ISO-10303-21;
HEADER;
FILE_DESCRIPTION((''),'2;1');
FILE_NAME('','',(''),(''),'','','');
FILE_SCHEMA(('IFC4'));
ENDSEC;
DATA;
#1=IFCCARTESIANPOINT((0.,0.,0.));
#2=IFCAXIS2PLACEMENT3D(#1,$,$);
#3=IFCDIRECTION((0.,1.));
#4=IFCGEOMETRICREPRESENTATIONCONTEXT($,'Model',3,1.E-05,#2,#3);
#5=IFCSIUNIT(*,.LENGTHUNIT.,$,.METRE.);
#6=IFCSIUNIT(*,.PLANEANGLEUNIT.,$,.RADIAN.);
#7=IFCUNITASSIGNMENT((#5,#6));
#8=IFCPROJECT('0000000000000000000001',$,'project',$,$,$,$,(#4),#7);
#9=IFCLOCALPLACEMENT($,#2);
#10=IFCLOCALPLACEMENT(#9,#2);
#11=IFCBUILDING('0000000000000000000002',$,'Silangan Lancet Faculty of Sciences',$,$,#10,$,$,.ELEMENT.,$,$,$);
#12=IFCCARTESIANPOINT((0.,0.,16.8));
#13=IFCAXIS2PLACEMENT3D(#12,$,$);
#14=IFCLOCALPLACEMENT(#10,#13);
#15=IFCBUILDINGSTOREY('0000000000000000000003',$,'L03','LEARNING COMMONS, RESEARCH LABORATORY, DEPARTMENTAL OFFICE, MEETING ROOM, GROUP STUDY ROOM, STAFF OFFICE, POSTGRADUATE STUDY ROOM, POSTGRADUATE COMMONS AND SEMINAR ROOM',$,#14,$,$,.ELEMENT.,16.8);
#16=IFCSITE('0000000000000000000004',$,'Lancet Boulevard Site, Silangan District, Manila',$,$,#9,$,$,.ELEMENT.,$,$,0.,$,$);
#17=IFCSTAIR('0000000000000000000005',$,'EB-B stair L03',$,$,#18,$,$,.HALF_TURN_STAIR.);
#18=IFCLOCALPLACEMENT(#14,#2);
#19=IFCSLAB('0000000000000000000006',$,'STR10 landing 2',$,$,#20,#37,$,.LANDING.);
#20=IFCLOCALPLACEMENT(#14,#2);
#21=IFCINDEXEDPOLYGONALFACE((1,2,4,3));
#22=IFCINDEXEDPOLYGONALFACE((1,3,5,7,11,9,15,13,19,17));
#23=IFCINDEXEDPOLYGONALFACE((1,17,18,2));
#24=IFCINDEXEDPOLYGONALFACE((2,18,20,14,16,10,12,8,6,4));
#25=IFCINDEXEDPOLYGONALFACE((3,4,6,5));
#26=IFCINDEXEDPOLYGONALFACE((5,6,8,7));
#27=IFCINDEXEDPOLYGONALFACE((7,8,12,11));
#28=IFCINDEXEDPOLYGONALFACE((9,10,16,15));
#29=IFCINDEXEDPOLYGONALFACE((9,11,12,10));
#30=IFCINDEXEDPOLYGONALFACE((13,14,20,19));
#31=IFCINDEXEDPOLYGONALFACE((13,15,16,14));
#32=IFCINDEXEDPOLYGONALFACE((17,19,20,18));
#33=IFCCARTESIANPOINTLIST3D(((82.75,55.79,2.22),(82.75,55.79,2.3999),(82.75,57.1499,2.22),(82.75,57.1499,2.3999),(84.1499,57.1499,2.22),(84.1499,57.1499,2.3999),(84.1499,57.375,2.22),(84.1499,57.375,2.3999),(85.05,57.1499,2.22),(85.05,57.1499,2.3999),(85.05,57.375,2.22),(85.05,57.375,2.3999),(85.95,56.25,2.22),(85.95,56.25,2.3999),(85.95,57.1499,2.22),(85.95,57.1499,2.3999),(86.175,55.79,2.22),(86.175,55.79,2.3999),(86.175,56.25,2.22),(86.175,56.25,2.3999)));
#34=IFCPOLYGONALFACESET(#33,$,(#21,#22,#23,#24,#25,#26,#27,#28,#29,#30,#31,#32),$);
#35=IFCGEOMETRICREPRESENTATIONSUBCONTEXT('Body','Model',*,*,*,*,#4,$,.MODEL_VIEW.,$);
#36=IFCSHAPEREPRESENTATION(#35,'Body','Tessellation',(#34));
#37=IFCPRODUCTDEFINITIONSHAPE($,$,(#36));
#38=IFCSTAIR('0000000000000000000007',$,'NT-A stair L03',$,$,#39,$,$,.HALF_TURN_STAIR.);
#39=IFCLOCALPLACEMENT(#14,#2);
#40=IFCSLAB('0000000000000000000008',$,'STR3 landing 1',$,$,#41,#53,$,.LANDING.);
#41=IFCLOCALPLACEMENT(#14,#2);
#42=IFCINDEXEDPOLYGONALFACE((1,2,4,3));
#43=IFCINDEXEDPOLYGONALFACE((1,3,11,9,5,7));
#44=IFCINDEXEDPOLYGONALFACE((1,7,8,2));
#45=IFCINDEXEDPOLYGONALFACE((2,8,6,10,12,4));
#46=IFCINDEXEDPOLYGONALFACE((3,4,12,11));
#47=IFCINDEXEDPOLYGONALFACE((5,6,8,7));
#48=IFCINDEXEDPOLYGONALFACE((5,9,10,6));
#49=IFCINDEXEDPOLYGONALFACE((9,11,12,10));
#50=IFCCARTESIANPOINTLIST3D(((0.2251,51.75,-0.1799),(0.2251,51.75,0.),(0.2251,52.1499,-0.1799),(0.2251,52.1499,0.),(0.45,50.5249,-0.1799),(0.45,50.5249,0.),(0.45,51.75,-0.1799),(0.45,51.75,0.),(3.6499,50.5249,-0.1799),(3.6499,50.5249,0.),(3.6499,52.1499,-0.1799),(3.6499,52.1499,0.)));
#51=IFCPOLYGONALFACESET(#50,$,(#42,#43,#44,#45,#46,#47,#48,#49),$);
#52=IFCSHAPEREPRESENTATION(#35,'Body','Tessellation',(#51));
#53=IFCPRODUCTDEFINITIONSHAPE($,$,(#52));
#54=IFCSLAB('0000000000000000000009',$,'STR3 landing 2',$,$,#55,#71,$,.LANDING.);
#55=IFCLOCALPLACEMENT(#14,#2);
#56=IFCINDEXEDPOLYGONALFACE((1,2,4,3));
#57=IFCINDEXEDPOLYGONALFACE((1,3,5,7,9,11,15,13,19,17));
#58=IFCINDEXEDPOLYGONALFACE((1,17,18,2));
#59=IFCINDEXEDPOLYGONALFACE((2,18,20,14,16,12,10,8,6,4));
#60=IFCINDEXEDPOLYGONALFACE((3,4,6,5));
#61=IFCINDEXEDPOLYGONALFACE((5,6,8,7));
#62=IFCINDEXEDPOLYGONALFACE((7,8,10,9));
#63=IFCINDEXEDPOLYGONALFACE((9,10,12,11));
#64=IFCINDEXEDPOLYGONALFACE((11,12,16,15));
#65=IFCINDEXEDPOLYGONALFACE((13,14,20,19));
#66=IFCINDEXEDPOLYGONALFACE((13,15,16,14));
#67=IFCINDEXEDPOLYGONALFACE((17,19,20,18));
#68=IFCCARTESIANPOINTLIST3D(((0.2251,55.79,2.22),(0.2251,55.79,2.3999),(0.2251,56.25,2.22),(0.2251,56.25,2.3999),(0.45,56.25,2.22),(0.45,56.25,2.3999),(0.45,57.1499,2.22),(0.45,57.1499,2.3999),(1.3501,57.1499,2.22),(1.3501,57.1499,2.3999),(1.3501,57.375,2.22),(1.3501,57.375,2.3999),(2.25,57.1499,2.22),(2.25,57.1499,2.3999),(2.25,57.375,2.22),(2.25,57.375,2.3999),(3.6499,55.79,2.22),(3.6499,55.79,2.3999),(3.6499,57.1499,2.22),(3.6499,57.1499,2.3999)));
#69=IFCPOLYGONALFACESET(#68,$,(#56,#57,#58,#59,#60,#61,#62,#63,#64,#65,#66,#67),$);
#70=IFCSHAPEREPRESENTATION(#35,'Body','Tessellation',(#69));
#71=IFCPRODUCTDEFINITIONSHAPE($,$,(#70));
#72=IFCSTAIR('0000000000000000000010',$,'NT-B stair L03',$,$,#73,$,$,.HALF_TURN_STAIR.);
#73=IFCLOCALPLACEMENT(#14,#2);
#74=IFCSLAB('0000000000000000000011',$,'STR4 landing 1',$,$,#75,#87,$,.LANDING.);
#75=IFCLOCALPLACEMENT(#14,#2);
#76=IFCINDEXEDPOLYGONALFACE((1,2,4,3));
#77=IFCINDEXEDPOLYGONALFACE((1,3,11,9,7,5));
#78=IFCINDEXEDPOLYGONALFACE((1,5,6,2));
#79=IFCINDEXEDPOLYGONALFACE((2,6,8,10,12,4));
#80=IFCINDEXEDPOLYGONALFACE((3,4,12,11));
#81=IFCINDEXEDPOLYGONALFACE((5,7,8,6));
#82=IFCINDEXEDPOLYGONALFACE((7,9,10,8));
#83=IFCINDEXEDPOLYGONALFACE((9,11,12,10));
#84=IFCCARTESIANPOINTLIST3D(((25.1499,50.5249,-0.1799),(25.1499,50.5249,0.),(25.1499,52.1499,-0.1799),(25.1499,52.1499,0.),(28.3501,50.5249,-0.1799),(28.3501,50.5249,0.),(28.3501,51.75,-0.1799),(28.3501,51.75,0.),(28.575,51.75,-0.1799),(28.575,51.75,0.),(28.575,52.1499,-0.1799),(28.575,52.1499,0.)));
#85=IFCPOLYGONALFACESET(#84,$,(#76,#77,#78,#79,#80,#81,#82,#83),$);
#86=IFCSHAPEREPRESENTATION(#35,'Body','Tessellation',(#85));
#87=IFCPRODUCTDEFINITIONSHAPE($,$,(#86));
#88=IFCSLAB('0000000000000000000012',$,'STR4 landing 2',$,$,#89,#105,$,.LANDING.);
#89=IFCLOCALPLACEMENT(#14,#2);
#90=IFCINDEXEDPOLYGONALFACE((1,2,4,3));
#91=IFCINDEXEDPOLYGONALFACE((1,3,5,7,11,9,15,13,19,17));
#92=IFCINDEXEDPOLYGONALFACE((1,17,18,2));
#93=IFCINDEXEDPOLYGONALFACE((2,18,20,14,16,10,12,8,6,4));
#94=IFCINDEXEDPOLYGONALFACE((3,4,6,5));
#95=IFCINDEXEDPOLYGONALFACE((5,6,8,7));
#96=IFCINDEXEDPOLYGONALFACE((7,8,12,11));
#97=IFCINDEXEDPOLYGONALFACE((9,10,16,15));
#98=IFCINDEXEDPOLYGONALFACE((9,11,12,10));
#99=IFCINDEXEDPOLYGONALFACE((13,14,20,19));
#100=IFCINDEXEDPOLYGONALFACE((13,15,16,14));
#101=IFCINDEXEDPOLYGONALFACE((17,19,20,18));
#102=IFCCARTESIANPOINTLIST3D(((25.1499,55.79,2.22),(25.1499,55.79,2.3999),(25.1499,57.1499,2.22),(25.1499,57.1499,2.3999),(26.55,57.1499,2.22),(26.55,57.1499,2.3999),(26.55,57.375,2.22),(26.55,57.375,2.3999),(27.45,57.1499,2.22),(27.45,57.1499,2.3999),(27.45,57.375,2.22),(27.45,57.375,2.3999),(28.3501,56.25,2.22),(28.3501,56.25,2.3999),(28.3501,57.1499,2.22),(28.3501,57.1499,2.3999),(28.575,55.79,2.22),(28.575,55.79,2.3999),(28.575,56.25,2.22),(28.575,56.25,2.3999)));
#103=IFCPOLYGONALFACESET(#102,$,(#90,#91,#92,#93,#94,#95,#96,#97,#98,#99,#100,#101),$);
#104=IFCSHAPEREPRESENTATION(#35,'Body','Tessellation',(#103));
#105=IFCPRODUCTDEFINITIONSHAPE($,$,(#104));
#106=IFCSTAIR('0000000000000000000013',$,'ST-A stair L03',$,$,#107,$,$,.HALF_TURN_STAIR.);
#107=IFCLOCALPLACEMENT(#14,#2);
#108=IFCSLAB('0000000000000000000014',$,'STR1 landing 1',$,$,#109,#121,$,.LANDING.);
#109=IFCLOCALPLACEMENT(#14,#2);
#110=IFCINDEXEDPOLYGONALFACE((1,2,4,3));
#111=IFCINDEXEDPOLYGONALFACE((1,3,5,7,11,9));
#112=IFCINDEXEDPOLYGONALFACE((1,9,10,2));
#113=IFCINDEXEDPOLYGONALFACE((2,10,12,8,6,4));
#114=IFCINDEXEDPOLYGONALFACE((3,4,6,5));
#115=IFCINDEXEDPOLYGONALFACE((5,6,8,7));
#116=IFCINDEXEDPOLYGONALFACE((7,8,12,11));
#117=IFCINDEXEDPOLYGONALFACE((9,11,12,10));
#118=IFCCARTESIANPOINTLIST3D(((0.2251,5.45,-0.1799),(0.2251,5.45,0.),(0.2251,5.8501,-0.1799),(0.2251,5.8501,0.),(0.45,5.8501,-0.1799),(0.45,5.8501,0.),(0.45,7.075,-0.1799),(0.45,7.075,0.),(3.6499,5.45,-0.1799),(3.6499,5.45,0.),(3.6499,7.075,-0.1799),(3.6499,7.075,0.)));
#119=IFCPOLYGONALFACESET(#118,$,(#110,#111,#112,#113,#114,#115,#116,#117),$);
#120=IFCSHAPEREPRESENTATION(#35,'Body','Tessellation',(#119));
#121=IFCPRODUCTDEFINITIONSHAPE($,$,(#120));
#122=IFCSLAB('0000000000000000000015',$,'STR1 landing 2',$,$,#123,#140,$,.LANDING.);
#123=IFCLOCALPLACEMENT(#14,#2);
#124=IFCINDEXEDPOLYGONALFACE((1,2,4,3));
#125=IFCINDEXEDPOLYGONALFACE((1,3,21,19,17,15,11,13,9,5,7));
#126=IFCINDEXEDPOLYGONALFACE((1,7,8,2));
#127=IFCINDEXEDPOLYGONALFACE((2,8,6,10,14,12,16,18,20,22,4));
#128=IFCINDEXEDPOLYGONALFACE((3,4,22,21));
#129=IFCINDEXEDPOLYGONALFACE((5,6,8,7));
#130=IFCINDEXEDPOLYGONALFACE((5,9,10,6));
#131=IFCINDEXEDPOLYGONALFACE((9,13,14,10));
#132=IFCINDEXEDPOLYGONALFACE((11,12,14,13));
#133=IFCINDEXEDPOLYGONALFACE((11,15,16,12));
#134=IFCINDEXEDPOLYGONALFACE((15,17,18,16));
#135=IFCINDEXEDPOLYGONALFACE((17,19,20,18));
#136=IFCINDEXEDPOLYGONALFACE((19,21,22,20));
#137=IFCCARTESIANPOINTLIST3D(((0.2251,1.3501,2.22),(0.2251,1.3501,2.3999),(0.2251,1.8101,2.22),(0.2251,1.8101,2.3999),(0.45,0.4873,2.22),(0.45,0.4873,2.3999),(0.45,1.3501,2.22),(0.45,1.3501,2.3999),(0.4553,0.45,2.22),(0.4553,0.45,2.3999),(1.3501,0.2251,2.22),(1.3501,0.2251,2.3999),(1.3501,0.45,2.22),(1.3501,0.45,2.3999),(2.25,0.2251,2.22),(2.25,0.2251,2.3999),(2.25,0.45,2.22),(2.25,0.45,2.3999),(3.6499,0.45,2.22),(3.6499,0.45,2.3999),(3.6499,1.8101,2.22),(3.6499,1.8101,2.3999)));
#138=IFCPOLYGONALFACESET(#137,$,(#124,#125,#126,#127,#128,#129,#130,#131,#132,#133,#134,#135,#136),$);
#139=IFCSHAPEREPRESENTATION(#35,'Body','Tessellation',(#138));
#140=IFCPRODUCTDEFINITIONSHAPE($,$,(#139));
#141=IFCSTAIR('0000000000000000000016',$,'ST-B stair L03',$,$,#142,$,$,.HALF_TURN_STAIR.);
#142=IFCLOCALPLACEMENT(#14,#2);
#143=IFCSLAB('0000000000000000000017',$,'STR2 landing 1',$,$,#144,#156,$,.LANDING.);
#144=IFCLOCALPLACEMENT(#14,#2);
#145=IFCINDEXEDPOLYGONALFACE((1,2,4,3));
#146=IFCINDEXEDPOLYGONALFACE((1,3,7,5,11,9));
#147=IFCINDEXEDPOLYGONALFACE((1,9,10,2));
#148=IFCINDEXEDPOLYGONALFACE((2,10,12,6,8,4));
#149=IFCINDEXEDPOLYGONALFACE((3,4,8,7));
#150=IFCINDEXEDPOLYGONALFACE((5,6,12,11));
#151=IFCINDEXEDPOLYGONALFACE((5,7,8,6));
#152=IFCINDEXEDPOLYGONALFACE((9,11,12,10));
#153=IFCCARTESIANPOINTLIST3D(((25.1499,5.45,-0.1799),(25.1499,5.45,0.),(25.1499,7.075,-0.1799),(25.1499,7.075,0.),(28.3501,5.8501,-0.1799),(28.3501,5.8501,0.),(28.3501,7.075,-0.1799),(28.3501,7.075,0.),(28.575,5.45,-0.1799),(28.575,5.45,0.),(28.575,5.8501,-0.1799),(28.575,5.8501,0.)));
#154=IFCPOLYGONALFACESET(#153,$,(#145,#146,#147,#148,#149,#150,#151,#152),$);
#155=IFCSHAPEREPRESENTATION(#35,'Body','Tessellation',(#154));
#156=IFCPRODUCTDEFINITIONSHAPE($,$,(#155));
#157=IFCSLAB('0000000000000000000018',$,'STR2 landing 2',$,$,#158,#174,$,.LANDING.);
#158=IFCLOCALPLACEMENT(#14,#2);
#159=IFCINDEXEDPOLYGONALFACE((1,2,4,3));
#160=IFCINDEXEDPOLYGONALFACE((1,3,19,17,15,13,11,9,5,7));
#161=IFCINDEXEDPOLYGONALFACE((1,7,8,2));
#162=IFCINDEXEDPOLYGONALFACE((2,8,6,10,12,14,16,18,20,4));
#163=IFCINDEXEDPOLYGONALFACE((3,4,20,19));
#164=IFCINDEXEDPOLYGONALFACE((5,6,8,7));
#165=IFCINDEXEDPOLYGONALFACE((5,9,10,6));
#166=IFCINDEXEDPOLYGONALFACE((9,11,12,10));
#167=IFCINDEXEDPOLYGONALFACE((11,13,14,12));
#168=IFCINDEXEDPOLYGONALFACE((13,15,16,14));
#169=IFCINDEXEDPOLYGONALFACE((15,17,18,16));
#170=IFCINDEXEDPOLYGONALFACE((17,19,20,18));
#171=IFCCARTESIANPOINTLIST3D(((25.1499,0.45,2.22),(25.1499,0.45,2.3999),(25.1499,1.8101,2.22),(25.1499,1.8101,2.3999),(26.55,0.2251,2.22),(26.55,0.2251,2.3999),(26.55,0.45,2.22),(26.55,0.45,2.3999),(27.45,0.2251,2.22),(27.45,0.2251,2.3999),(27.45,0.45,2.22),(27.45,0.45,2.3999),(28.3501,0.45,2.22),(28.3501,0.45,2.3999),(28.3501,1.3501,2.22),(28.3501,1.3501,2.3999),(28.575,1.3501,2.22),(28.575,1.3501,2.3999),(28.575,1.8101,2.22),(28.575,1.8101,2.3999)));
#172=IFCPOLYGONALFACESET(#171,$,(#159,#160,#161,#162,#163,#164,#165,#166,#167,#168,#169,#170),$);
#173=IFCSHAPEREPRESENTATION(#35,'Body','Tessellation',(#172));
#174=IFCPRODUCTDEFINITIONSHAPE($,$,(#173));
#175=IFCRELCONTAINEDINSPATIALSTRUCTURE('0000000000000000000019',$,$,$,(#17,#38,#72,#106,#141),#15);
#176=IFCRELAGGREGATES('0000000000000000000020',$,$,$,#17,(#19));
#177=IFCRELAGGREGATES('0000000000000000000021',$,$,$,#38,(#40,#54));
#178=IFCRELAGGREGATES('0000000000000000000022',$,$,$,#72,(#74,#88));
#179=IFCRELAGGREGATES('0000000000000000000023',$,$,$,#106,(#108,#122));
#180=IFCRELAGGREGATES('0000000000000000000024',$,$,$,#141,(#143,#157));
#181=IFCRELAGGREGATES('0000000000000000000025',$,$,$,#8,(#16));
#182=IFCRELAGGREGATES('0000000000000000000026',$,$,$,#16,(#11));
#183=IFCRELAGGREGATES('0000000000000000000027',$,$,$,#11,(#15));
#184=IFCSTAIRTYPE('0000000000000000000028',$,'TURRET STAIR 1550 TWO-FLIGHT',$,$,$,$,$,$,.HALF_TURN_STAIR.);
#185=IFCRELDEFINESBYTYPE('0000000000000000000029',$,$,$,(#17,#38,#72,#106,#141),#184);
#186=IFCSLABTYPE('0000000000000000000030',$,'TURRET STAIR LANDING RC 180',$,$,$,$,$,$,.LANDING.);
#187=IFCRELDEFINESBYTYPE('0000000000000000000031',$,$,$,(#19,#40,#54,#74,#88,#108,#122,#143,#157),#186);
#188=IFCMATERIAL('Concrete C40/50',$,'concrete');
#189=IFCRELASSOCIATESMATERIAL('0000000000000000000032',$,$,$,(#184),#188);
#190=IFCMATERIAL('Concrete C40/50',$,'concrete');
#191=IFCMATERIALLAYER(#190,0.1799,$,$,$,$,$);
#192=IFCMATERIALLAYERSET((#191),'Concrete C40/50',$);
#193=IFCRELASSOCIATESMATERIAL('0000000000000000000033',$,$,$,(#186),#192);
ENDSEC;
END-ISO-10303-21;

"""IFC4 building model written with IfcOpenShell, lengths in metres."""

from ifc_helpers import new_model, si_unit, direction, frame, origin, place, context, subcontext, project, spatial, polyline, outline, extrude, material, layer, layer_set, type_object, element, aggregate, save


model = new_model("IFC4")

# Units and contexts
model_context = context("Model", 3, precision=1e-05, world=origin(), true_north=direction((0.0, 1.0)))
body_context = subcontext(model_context, "Body", "Model", "MODEL_VIEW")
ifc_project = project(units=[si_unit("LENGTHUNIT", "METRE"), si_unit("PLANEANGLEUNIT", "RADIAN")], contexts=[model_context])

# Site, building, storey
site_placement = place(None, origin())
site = spatial("IfcSite", under=ifc_project, at=site_placement, Name="Lancet Boulevard Site, Silangan District, Manila", CompositionType="ELEMENT", RefElevation=0.0)
building_placement = place(site_placement, origin())
building = spatial("IfcBuilding", under=site, at=building_placement, Name="Silangan Lancet Faculty of Sciences", CompositionType="ELEMENT")
storey_placement = place(building_placement, frame((0.0, 0.0, 16.8)))
storey = spatial("IfcBuildingStorey", under=building, at=storey_placement, Name="L03", Description="LEARNING COMMONS, RESEARCH LABORATORY, DEPARTMENTAL OFFICE, MEETING ROOM, GROUP STUDY ROOM, STAFF OFFICE, POSTGRADUATE STUDY ROOM, POSTGRADUATE COMMONS AND SEMINAR ROOM", CompositionType="ELEMENT", Elevation=16.8)

# Stairs, slabs
ifc_material_1 = material(Name="Concrete C40/50", Category="concrete")
stair_type = type_object("IfcStairType", Name="TURRET STAIR 1550 TWO-FLIGHT", PredefinedType="HALF_TURN_STAIR", material=ifc_material_1)
ifc_material_2 = material(Name="Concrete C40/50", Category="concrete")
ifc_layer_1 = layer(ifc_material_2, 0.1799)
ifc_layer_set_1 = layer_set([ifc_layer_1], Name="Concrete C40/50")
slab_type_1 = type_object("IfcSlabType", Name="TURRET STAIR LANDING RC 180", PredefinedType="LANDING", material=ifc_layer_set_1)
stair_1_placement = place(storey_placement, origin())
stair_1 = element("IfcStair", 1, at=stair_1_placement, inside=storey, type_object=stair_type, Name="EB-B stair L03", PredefinedType="HALF_TURN_STAIR")
slab_1_placement = place(storey_placement, frame((0.0, 0.0, 2.22)))
slab_1 = element("IfcSlab", 2, at=slab_1_placement, type_object=slab_type_1, Name="STR10 landing 2", PredefinedType="LANDING", context=body_context, shape_type="SweptSolid", body=[
    extrude(outline(polyline([(84.1499, 57.1499), (84.1499, 57.375), (85.05, 57.375), (85.05, 57.1499), (85.95, 57.1499), (85.95, 56.25), (86.175, 56.25), (86.175, 55.79), (82.75, 55.79), (82.75, 57.1499), (84.1499, 57.1499)])), origin(), (0.0, 0.0, 1.0), 0.1799),
])
aggregate(stair_1, [slab_1])
stair_2_placement = place(storey_placement, origin())
stair_2 = element("IfcStair", 3, at=stair_2_placement, inside=storey, type_object=stair_type, Name="NT-A stair L03", PredefinedType="HALF_TURN_STAIR")
slab_2_placement = place(storey_placement, frame((0.0, 0.0, -0.1799)))
slab_2 = element("IfcSlab", 4, at=slab_2_placement, type_object=slab_type_1, Name="STR3 landing 1", PredefinedType="LANDING", context=body_context, shape_type="SweptSolid", body=[
    extrude(outline(polyline([(0.2251, 51.75), (0.2251, 52.1499), (3.6499, 52.1499), (3.6499, 50.5249), (0.45, 50.5249), (0.45, 51.75), (0.2251, 51.75)])), origin(), (0.0, 0.0, 1.0), 0.1799),
])
slab_3_placement = place(storey_placement, frame((0.0, 0.0, 2.22)))
slab_3 = element("IfcSlab", 5, at=slab_3_placement, type_object=slab_type_1, Name="STR3 landing 2", PredefinedType="LANDING", context=body_context, shape_type="SweptSolid", body=[
    extrude(outline(polyline([(1.3501, 57.1499), (1.3501, 57.375), (2.25, 57.375), (2.25, 57.1499), (3.6499, 57.1499), (3.6499, 55.79), (0.2251, 55.79), (0.2251, 56.25), (0.45, 56.25), (0.45, 57.1499), (1.3501, 57.1499)])), origin(), (0.0, 0.0, 1.0), 0.1799),
])
aggregate(stair_2, [slab_2, slab_3])
stair_3_placement = place(storey_placement, origin())
stair_3 = element("IfcStair", 6, at=stair_3_placement, inside=storey, type_object=stair_type, Name="NT-B stair L03", PredefinedType="HALF_TURN_STAIR")
slab_4_placement = place(storey_placement, frame((0.0, 0.0, -0.1799)))
slab_4 = element("IfcSlab", 7, at=slab_4_placement, type_object=slab_type_1, Name="STR4 landing 1", PredefinedType="LANDING", context=body_context, shape_type="SweptSolid", body=[
    extrude(outline(polyline([(28.3501, 50.5249), (25.1499, 50.5249), (25.1499, 52.1499), (28.575, 52.1499), (28.575, 51.75), (28.3501, 51.75), (28.3501, 50.5249)])), origin(), (0.0, 0.0, 1.0), 0.1799),
])
slab_5_placement = place(storey_placement, frame((0.0, 0.0, 2.22)))
slab_5 = element("IfcSlab", 8, at=slab_5_placement, type_object=slab_type_1, Name="STR4 landing 2", PredefinedType="LANDING", context=body_context, shape_type="SweptSolid", body=[
    extrude(outline(polyline([(28.3501, 57.1499), (28.3501, 56.25), (28.575, 56.25), (28.575, 55.79), (25.1499, 55.79), (25.1499, 57.1499), (26.55, 57.1499), (26.55, 57.375), (27.45, 57.375), (27.45, 57.1499), (28.3501, 57.1499)])), origin(), (0.0, 0.0, 1.0), 0.1799),
])
aggregate(stair_3, [slab_4, slab_5])
stair_4_placement = place(storey_placement, origin())
stair_4 = element("IfcStair", 9, at=stair_4_placement, inside=storey, type_object=stair_type, Name="ST-A stair L03", PredefinedType="HALF_TURN_STAIR")
slab_6_placement = place(storey_placement, frame((0.0, 0.0, -0.1799)))
slab_6 = element("IfcSlab", 10, at=slab_6_placement, type_object=slab_type_1, Name="STR1 landing 1", PredefinedType="LANDING", context=body_context, shape_type="SweptSolid", body=[
    extrude(outline(polyline([(0.45, 5.8501), (0.45, 7.075), (3.6499, 7.075), (3.6499, 5.45), (0.2251, 5.45), (0.2251, 5.8501), (0.45, 5.8501)])), origin(), (0.0, 0.0, 1.0), 0.1799),
])
slab_7_placement = place(storey_placement, frame((0.0, 0.0, 2.22)))
slab_7 = element("IfcSlab", 11, at=slab_7_placement, type_object=slab_type_1, Name="STR1 landing 2", PredefinedType="LANDING", context=body_context, shape_type="SweptSolid", body=[
    extrude(outline(polyline([(0.2251, 1.3501), (0.2251, 1.8101), (3.6499, 1.8101), (3.6499, 0.45), (2.25, 0.45), (2.25, 0.2251), (1.3501, 0.2251), (1.3501, 0.45), (0.4553, 0.45), (0.45, 0.4873), (0.45, 1.3501), (0.2251, 1.3501)])), origin(), (0.0, 0.0, 1.0), 0.1799),
])
aggregate(stair_4, [slab_6, slab_7])
stair_5_placement = place(storey_placement, origin())
stair_5 = element("IfcStair", 12, at=stair_5_placement, inside=storey, type_object=stair_type, Name="ST-B stair L03", PredefinedType="HALF_TURN_STAIR")
slab_8_placement = place(storey_placement, frame((0.0, 0.0, -0.1799)))
slab_8 = element("IfcSlab", 13, at=slab_8_placement, type_object=slab_type_1, Name="STR2 landing 1", PredefinedType="LANDING", context=body_context, shape_type="SweptSolid", body=[
    extrude(outline(polyline([(28.3501, 5.8501), (28.575, 5.8501), (28.575, 5.45), (25.1499, 5.45), (25.1499, 7.075), (28.3501, 7.075), (28.3501, 5.8501)])), origin(), (0.0, 0.0, 1.0), 0.1799),
])
slab_9_placement = place(storey_placement, frame((0.0, 0.0, 2.22)))
slab_9 = element("IfcSlab", 14, at=slab_9_placement, type_object=slab_type_1, Name="STR2 landing 2", PredefinedType="LANDING", context=body_context, shape_type="SweptSolid", body=[
    extrude(outline(polyline([(28.3501, 0.45), (27.45, 0.45), (27.45, 0.2251), (26.55, 0.2251), (26.55, 0.45), (25.1499, 0.45), (25.1499, 1.8101), (28.575, 1.8101), (28.575, 1.3501), (28.3501, 1.3501), (28.3501, 0.45)])), origin(), (0.0, 0.0, 1.0), 0.1799),
])
aggregate(stair_5, [slab_8, slab_9])

save(model, "model.ifc")
